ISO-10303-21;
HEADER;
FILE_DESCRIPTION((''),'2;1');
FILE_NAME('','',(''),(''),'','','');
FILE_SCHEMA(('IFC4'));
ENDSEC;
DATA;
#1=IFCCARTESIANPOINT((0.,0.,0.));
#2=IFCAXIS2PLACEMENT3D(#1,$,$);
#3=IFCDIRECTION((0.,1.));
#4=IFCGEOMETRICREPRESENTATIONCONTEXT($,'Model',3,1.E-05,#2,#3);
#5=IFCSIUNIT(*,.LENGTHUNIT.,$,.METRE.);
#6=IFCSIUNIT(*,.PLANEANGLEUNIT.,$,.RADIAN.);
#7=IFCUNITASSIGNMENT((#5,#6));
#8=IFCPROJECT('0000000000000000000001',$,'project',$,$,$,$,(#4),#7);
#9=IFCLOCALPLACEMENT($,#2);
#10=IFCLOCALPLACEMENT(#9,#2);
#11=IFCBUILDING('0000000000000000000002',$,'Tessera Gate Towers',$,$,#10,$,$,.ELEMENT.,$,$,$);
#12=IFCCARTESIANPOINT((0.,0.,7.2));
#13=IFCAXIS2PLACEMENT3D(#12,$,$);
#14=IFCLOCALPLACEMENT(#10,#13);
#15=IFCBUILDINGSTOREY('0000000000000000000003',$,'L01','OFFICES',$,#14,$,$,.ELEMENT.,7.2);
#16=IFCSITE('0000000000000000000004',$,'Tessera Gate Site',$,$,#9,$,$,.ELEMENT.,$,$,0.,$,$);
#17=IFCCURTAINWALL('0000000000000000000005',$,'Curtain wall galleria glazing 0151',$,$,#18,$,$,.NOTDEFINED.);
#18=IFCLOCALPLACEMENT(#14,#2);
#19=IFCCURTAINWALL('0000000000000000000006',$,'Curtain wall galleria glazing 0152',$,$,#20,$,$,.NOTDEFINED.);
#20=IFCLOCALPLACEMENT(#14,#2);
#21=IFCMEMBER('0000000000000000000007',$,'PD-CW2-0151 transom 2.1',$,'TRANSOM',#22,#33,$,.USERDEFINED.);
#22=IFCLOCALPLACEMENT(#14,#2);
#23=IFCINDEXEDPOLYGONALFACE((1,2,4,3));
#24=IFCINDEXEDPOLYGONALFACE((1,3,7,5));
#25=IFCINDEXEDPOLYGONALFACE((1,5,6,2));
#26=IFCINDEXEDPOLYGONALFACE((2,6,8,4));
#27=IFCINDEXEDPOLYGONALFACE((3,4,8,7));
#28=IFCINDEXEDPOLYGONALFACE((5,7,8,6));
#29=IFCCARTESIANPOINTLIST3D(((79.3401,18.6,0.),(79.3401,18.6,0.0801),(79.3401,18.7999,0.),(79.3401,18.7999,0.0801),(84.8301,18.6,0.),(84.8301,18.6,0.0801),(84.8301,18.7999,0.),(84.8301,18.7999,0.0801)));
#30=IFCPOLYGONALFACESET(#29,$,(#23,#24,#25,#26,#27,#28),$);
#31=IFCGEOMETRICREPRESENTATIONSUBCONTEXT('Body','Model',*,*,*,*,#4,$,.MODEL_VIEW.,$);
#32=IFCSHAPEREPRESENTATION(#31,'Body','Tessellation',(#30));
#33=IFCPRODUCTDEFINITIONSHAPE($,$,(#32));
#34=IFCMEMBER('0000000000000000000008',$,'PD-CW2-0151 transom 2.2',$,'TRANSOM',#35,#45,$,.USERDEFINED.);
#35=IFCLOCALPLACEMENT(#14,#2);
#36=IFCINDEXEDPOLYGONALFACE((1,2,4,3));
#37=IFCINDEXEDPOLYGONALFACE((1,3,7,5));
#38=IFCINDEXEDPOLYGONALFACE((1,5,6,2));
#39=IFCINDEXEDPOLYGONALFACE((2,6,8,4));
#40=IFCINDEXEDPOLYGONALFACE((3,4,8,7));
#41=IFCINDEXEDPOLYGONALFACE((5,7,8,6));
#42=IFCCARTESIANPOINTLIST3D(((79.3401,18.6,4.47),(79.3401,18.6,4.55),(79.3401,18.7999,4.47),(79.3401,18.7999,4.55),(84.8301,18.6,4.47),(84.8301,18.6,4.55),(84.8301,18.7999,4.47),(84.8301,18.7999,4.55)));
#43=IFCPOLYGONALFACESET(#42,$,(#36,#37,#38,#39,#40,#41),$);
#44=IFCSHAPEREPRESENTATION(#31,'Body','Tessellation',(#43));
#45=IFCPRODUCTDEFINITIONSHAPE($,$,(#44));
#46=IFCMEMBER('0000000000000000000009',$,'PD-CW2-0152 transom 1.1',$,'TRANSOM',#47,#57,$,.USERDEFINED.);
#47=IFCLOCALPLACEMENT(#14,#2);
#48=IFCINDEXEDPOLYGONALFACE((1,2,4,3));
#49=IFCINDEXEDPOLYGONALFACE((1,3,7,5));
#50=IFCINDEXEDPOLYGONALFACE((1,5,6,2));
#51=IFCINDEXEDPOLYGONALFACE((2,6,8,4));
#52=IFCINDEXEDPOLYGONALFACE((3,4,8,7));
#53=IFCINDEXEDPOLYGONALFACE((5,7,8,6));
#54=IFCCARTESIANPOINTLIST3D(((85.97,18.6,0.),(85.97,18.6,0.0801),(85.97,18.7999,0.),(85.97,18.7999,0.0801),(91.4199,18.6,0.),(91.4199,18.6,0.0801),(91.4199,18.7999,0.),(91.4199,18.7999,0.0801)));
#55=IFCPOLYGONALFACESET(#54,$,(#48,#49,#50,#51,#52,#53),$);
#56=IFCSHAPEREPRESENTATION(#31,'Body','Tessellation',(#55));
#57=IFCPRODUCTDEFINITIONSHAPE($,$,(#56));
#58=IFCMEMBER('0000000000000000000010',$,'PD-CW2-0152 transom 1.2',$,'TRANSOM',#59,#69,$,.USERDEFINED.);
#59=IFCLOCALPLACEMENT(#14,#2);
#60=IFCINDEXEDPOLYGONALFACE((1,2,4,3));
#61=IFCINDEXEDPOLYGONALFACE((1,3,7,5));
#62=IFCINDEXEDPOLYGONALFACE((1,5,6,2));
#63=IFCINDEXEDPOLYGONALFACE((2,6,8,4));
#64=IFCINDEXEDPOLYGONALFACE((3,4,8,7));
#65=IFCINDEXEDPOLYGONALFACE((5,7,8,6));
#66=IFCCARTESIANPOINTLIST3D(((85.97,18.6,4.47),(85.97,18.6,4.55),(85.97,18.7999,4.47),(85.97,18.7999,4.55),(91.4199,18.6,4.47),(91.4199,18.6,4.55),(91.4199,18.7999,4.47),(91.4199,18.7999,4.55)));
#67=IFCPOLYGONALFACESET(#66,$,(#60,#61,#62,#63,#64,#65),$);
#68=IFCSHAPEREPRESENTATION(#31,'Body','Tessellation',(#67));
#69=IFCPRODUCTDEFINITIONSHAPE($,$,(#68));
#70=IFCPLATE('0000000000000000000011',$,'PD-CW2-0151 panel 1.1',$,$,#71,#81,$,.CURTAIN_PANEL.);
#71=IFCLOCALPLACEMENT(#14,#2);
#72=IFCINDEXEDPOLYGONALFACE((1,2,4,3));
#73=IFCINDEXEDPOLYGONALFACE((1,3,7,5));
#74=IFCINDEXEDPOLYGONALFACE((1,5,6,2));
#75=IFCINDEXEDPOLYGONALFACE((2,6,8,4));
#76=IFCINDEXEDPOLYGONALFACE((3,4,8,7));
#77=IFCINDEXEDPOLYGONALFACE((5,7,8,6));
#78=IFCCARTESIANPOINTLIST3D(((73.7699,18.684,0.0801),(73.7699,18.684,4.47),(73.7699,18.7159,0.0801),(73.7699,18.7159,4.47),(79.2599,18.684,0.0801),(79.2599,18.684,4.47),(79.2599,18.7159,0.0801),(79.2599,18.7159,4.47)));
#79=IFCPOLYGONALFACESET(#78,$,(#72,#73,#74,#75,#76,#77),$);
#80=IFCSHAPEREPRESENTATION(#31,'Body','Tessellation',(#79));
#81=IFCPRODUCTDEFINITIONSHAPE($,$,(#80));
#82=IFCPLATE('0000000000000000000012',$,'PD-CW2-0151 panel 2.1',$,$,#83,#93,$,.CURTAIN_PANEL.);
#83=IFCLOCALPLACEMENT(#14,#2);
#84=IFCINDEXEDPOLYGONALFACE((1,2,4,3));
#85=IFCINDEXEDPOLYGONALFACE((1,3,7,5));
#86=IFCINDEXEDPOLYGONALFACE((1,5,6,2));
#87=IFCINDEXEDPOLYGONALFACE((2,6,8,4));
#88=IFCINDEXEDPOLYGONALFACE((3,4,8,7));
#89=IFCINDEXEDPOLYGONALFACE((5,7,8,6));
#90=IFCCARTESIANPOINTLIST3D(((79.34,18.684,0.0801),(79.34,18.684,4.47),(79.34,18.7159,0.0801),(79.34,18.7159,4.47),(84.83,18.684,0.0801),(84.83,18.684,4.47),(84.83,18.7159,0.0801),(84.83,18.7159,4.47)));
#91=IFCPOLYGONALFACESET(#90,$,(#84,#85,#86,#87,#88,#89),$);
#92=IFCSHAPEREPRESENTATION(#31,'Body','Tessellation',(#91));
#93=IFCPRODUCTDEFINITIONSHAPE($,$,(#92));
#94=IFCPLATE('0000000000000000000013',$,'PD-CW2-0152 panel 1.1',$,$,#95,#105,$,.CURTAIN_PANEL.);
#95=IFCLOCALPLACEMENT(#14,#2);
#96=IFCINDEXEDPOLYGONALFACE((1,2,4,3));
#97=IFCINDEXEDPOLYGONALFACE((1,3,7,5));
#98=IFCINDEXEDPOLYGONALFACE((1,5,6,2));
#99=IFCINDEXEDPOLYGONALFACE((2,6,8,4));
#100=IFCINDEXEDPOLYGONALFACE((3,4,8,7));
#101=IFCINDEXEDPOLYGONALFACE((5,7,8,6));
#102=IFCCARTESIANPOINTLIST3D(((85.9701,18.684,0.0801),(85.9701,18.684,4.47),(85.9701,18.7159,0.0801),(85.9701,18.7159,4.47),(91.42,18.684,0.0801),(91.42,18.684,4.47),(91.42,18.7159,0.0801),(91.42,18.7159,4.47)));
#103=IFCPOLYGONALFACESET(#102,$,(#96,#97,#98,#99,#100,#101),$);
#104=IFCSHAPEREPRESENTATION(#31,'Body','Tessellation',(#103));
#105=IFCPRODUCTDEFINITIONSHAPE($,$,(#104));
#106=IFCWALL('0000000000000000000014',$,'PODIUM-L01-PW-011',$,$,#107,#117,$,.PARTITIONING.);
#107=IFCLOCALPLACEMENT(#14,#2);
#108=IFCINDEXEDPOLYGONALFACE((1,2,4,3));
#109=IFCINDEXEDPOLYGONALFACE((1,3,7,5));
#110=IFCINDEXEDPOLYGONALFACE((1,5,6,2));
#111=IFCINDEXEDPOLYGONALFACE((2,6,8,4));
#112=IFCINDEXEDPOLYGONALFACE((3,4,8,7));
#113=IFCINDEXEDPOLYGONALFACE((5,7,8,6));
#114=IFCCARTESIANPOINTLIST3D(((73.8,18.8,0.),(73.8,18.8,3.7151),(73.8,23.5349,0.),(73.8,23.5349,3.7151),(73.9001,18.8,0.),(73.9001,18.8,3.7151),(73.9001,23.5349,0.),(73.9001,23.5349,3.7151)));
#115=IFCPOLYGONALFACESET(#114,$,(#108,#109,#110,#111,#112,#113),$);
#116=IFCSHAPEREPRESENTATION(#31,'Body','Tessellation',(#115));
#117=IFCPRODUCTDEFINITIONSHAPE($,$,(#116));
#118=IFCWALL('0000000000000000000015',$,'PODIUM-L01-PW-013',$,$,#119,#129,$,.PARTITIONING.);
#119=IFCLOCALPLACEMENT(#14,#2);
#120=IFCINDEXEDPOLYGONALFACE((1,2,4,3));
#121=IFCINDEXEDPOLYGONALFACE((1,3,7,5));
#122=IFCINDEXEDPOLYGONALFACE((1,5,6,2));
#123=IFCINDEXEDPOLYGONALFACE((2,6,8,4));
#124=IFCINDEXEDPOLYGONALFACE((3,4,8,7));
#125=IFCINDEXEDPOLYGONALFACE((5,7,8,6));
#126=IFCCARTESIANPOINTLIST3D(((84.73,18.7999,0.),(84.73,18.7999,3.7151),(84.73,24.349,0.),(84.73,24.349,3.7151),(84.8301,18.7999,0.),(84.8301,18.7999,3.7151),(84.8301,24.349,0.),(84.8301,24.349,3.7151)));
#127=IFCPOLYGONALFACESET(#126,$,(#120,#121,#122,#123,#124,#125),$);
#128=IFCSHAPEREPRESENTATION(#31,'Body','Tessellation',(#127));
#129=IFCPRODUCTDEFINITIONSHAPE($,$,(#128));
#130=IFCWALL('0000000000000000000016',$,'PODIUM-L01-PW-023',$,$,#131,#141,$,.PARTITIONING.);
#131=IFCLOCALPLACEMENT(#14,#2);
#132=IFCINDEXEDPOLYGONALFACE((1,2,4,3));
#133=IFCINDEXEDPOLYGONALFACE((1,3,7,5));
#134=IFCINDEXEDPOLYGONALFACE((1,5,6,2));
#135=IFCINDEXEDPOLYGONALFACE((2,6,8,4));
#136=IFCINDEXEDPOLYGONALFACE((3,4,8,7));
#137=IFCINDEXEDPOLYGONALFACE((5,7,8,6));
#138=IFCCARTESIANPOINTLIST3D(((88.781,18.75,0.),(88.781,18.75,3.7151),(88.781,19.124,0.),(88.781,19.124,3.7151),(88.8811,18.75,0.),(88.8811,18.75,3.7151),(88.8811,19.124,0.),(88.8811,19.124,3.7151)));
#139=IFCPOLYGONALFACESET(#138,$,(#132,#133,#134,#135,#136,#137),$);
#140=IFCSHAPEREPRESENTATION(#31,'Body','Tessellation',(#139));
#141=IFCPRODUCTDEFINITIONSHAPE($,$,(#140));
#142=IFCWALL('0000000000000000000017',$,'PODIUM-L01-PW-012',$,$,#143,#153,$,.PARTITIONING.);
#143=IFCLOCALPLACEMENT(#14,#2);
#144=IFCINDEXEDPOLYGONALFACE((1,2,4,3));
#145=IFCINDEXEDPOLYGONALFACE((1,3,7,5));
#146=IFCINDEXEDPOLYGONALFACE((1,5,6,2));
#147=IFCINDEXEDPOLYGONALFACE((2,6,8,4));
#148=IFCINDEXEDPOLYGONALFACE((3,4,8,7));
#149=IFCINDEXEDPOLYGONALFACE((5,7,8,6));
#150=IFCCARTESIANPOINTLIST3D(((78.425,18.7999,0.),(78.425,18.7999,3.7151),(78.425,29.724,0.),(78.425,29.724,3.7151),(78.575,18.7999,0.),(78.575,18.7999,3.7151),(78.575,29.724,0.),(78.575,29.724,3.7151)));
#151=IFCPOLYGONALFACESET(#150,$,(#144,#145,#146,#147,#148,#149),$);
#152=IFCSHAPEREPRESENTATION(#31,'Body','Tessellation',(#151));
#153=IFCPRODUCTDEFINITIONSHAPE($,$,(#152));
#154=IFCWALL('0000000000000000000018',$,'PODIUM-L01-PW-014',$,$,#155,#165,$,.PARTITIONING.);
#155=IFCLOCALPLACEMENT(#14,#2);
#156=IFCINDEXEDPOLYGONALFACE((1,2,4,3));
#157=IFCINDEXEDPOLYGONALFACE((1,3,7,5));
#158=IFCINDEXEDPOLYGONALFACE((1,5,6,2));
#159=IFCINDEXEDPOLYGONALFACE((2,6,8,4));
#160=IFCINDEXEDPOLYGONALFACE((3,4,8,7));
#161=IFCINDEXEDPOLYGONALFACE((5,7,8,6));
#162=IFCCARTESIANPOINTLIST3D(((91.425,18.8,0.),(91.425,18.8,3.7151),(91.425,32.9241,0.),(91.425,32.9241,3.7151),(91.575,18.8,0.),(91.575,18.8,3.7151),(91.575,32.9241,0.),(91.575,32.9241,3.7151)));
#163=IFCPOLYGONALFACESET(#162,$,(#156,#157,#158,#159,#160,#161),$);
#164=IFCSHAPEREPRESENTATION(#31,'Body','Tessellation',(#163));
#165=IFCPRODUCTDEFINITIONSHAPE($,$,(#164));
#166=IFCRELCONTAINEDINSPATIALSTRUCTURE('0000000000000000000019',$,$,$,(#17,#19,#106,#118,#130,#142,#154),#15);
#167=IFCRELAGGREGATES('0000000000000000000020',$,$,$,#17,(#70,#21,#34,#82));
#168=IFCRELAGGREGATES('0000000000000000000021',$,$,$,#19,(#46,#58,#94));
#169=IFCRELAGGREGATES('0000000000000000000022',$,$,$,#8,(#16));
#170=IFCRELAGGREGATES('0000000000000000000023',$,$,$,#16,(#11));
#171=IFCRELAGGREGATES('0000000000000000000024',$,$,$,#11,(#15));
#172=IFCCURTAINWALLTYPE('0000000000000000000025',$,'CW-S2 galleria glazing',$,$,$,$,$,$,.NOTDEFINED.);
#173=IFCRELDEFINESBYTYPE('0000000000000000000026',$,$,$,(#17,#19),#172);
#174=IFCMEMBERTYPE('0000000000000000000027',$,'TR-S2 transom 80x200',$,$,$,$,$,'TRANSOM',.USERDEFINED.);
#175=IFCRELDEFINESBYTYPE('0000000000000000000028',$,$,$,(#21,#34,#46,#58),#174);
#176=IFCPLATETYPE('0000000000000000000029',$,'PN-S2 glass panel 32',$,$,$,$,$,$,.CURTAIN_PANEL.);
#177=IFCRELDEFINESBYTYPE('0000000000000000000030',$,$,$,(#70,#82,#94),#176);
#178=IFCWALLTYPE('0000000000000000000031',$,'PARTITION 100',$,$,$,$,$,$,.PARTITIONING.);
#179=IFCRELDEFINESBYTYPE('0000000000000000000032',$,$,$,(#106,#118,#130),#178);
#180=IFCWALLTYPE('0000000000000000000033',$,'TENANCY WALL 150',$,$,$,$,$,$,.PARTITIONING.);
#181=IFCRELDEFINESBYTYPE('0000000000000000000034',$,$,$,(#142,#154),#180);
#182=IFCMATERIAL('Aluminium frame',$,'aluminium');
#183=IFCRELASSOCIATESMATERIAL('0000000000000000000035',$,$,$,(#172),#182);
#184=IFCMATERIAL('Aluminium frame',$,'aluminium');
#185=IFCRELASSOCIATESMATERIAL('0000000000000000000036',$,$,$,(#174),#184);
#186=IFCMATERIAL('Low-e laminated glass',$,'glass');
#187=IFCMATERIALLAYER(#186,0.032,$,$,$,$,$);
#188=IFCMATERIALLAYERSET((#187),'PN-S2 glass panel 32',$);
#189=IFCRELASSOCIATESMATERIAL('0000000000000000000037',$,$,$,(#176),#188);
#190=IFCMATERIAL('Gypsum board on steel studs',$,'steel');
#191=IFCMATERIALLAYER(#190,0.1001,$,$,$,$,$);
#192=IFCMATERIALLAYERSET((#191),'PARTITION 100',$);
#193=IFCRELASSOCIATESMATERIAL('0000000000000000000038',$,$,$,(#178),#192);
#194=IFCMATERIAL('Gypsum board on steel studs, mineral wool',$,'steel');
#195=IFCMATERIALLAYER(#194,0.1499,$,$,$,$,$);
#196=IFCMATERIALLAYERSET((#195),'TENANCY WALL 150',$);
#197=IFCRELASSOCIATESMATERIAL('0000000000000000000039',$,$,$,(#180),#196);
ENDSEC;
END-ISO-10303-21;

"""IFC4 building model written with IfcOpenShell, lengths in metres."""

from ifc_helpers import new_model, si_unit, direction, frame, frame_2d, origin, origin_2d, place, context, subcontext, project, spatial, rectangle, extrude, material, layer, layer_set, material_profile, profile_set, type_object, element, aggregate, save


model = new_model("IFC4")

# Units and contexts
model_context = context("Model", 3, precision=1e-05, world=origin(), true_north=direction((0.0, 1.0)))
body_context = subcontext(model_context, "Body", "Model", "MODEL_VIEW")
ifc_project = project(units=[si_unit("LENGTHUNIT", "METRE"), si_unit("PLANEANGLEUNIT", "RADIAN")], contexts=[model_context])

# Site, building, storey
site_placement = place(None, origin())
site = spatial("IfcSite", under=ifc_project, at=site_placement, Name="Tessera Gate Site", CompositionType="ELEMENT", RefElevation=0.0)
building_placement = place(site_placement, origin())
building = spatial("IfcBuilding", under=site, at=building_placement, Name="Tessera Gate Towers", CompositionType="ELEMENT")
storey_placement = place(building_placement, frame((0.0, 0.0, 7.2)))
storey = spatial("IfcBuildingStorey", under=building, at=storey_placement, Name="L01", Description="OFFICES", CompositionType="ELEMENT", Elevation=7.2)

# Curtain walls
ifc_material_1 = material(Name="Aluminium frame", Category="aluminium")
curtain_wall_type = type_object("IfcCurtainWallType", Name="CW-S2 galleria glazing", PredefinedType="NOTDEFINED", material=ifc_material_1)
curtain_wall_1_placement = place(storey_placement, origin())
curtain_wall_1 = element("IfcCurtainWall", 1, at=curtain_wall_1_placement, inside=storey, type_object=curtain_wall_type, Name="Curtain wall galleria glazing 0151", PredefinedType="NOTDEFINED")
curtain_wall_2_placement = place(storey_placement, origin())
curtain_wall_2 = element("IfcCurtainWall", 2, at=curtain_wall_2_placement, inside=storey, type_object=curtain_wall_type, Name="Curtain wall galleria glazing 0152", PredefinedType="NOTDEFINED")

# Members
ifc_material_2 = material(Name="Aluminium frame", Category="aluminium")
ifc_material_profile_1 = material_profile(ifc_material_2, rectangle(XDim=0.2, YDim=0.0801, at=origin_2d()), Name="AL 80x200")
ifc_profile_set_1 = profile_set([ifc_material_profile_1], Name="Aluminium frame")
member_type_1 = type_object("IfcMemberType", Name="TR-S2 transom 80x200", ElementType="TRANSOM", PredefinedType="USERDEFINED", material=ifc_profile_set_1)
member_1_placement = place(storey_placement, frame((79.3401, 18.7, 0.04), z_axis=(1.0, 0.0, 0.0), x_axis=(0.0, 1.0, 0.0)))
member_1 = element("IfcMember", 3, at=member_1_placement, type_object=member_type_1, Name="PD-CW2-0151 transom 2.1", ObjectType="TRANSOM", PredefinedType="USERDEFINED", context=body_context, shape_type="SweptSolid", body=[
    extrude(rectangle(XDim=0.2, YDim=0.0801, at=origin_2d()), origin(), (0.0, 0.0, 1.0), 5.49),
])
member_2_placement = place(storey_placement, frame((79.3401, 18.7, 4.51), z_axis=(1.0, 0.0, 0.0), x_axis=(0.0, 1.0, 0.0)))
member_2 = element("IfcMember", 4, at=member_2_placement, type_object=member_type_1, Name="PD-CW2-0151 transom 2.2", ObjectType="TRANSOM", PredefinedType="USERDEFINED", context=body_context, shape_type="SweptSolid", body=[
    extrude(rectangle(XDim=0.2, YDim=0.0801, at=origin_2d()), origin(), (0.0, 0.0, 1.0), 5.49),
])
member_3_placement = place(storey_placement, frame((85.97, 18.7, 0.04), z_axis=(1.0, 0.0, 0.0), x_axis=(0.0, 1.0, 0.0)))
member_3 = element("IfcMember", 5, at=member_3_placement, type_object=member_type_1, Name="PD-CW2-0152 transom 1.1", ObjectType="TRANSOM", PredefinedType="USERDEFINED", context=body_context, shape_type="SweptSolid", body=[
    extrude(rectangle(XDim=0.2, YDim=0.0801, at=origin_2d()), origin(), (0.0, 0.0, 1.0), 5.45),
])
member_4_placement = place(storey_placement, frame((85.97, 18.7, 4.51), z_axis=(1.0, 0.0, 0.0), x_axis=(0.0, 1.0, 0.0)))
member_4 = element("IfcMember", 6, at=member_4_placement, type_object=member_type_1, Name="PD-CW2-0152 transom 1.2", ObjectType="TRANSOM", PredefinedType="USERDEFINED", context=body_context, shape_type="SweptSolid", body=[
    extrude(rectangle(XDim=0.2, YDim=0.0801, at=origin_2d()), origin(), (0.0, 0.0, 1.0), 5.45),
])

# Plates
ifc_material_3 = material(Name="Low-e laminated glass", Category="glass")
ifc_layer_1 = layer(ifc_material_3, 0.032)
ifc_layer_set_1 = layer_set([ifc_layer_1], Name="PN-S2 glass panel 32")
plate_type = type_object("IfcPlateType", Name="PN-S2 glass panel 32", PredefinedType="CURTAIN_PANEL", material=ifc_layer_set_1)
plate_1_placement = place(storey_placement, frame((76.5149, 18.7, 0.0801), z_axis=(0.0, 0.0, 1.0), x_axis=(1.0, 0.0, 0.0)))
plate_1 = element("IfcPlate", 7, at=plate_1_placement, type_object=plate_type, Name="PD-CW2-0151 panel 1.1", PredefinedType="CURTAIN_PANEL", context=body_context, shape_type="SweptSolid", body=[
    extrude(rectangle(XDim=5.49, YDim=0.032, at=origin_2d()), origin(), (0.0, 0.0, 1.0), 4.3899),
])
plate_2_placement = place(storey_placement, frame((82.085, 18.7, 0.0801), z_axis=(0.0, 0.0, 1.0), x_axis=(1.0, 0.0, 0.0)))
plate_2 = element("IfcPlate", 8, at=plate_2_placement, type_object=plate_type, Name="PD-CW2-0151 panel 2.1", PredefinedType="CURTAIN_PANEL", context=body_context, shape_type="SweptSolid", body=[
    extrude(rectangle(XDim=5.49, YDim=0.032, at=origin_2d()), origin(), (0.0, 0.0, 1.0), 4.3899),
])
aggregate(curtain_wall_1, [plate_1, member_1, member_2, plate_2])
plate_3_placement = place(storey_placement, frame((88.6951, 18.7, 0.0801), z_axis=(0.0, 0.0, 1.0), x_axis=(1.0, 0.0, 0.0)))
plate_3 = element("IfcPlate", 9, at=plate_3_placement, type_object=plate_type, Name="PD-CW2-0152 panel 1.1", PredefinedType="CURTAIN_PANEL", context=body_context, shape_type="SweptSolid", body=[
    extrude(rectangle(XDim=5.45, YDim=0.032, at=origin_2d()), origin(), (0.0, 0.0, 1.0), 4.3899),
])
aggregate(curtain_wall_2, [member_3, member_4, plate_3])

# Walls
ifc_material_4 = material(Name="Gypsum board on steel studs", Category="steel")
ifc_layer_2 = layer(ifc_material_4, 0.1001)
ifc_layer_set_2 = layer_set([ifc_layer_2], Name="PARTITION 100")
wall_type_1 = type_object("IfcWallType", Name="PARTITION 100", PredefinedType="PARTITIONING", material=ifc_layer_set_2)
wall_1_placement = place(storey_placement, frame((73.8501, 18.8, 0.0), z_axis=(0.0, 0.0, 1.0), x_axis=(0.0, 1.0, 0.0)))
element("IfcWall", 10, at=wall_1_placement, inside=storey, type_object=wall_type_1, Name="PODIUM-L01-PW-011", PredefinedType="PARTITIONING", context=body_context, shape_type="SweptSolid", body=[
    extrude(rectangle(XDim=4.7349, YDim=0.1001, at=frame_2d((2.3674, 0.0))), origin(), (0.0, 0.0, 1.0), 3.7151),
])
wall_2_placement = place(storey_placement, frame((84.78, 18.8, 0.0), z_axis=(0.0, 0.0, 1.0), x_axis=(0.0, 1.0, 0.0)))
element("IfcWall", 11, at=wall_2_placement, inside=storey, type_object=wall_type_1, Name="PODIUM-L01-PW-013", PredefinedType="PARTITIONING", context=body_context, shape_type="SweptSolid", body=[
    extrude(rectangle(XDim=5.5491, YDim=0.1001, at=frame_2d((2.7744, 0.0))), origin(), (0.0, 0.0, 1.0), 3.7151),
])
wall_3_placement = place(storey_placement, frame((88.8311, 19.124, 0.0), z_axis=(0.0, 0.0, 1.0), x_axis=(0.0, -1.0, 0.0)))
element("IfcWall", 12, at=wall_3_placement, inside=storey, type_object=wall_type_1, Name="PODIUM-L01-PW-023", PredefinedType="PARTITIONING", context=body_context, shape_type="SweptSolid", body=[
    extrude(rectangle(XDim=0.374, YDim=0.1001, at=frame_2d((0.187, 0.0))), origin(), (0.0, 0.0, 1.0), 3.7151),
])
ifc_material_5 = material(Name="Gypsum board on steel studs, mineral wool", Category="steel")
ifc_layer_3 = layer(ifc_material_5, 0.1499)
ifc_layer_set_3 = layer_set([ifc_layer_3], Name="TENANCY WALL 150")
wall_type_2 = type_object("IfcWallType", Name="TENANCY WALL 150", PredefinedType="PARTITIONING", material=ifc_layer_set_3)
wall_4_placement = place(storey_placement, frame((78.5, 18.8, 0.0), z_axis=(0.0, 0.0, 1.0), x_axis=(0.0, 1.0, 0.0)))
element("IfcWall", 13, at=wall_4_placement, inside=storey, type_object=wall_type_2, Name="PODIUM-L01-PW-012", PredefinedType="PARTITIONING", context=body_context, shape_type="SweptSolid", body=[
    extrude(rectangle(XDim=10.9241, YDim=0.1499, at=frame_2d((5.4619, 0.0))), origin(), (0.0, 0.0, 1.0), 3.7151),
])
wall_5_placement = place(storey_placement, frame((91.5, 18.8, 0.0), z_axis=(0.0, 0.0, 1.0), x_axis=(0.0, 1.0, 0.0)))
element("IfcWall", 14, at=wall_5_placement, inside=storey, type_object=wall_type_2, Name="PODIUM-L01-PW-014", PredefinedType="PARTITIONING", context=body_context, shape_type="SweptSolid", body=[
    extrude(rectangle(XDim=14.124, YDim=0.1499, at=frame_2d((7.062, 0.0))), origin(), (0.0, 0.0, 1.0), 3.7151),
])

save(model, "model.ifc")
